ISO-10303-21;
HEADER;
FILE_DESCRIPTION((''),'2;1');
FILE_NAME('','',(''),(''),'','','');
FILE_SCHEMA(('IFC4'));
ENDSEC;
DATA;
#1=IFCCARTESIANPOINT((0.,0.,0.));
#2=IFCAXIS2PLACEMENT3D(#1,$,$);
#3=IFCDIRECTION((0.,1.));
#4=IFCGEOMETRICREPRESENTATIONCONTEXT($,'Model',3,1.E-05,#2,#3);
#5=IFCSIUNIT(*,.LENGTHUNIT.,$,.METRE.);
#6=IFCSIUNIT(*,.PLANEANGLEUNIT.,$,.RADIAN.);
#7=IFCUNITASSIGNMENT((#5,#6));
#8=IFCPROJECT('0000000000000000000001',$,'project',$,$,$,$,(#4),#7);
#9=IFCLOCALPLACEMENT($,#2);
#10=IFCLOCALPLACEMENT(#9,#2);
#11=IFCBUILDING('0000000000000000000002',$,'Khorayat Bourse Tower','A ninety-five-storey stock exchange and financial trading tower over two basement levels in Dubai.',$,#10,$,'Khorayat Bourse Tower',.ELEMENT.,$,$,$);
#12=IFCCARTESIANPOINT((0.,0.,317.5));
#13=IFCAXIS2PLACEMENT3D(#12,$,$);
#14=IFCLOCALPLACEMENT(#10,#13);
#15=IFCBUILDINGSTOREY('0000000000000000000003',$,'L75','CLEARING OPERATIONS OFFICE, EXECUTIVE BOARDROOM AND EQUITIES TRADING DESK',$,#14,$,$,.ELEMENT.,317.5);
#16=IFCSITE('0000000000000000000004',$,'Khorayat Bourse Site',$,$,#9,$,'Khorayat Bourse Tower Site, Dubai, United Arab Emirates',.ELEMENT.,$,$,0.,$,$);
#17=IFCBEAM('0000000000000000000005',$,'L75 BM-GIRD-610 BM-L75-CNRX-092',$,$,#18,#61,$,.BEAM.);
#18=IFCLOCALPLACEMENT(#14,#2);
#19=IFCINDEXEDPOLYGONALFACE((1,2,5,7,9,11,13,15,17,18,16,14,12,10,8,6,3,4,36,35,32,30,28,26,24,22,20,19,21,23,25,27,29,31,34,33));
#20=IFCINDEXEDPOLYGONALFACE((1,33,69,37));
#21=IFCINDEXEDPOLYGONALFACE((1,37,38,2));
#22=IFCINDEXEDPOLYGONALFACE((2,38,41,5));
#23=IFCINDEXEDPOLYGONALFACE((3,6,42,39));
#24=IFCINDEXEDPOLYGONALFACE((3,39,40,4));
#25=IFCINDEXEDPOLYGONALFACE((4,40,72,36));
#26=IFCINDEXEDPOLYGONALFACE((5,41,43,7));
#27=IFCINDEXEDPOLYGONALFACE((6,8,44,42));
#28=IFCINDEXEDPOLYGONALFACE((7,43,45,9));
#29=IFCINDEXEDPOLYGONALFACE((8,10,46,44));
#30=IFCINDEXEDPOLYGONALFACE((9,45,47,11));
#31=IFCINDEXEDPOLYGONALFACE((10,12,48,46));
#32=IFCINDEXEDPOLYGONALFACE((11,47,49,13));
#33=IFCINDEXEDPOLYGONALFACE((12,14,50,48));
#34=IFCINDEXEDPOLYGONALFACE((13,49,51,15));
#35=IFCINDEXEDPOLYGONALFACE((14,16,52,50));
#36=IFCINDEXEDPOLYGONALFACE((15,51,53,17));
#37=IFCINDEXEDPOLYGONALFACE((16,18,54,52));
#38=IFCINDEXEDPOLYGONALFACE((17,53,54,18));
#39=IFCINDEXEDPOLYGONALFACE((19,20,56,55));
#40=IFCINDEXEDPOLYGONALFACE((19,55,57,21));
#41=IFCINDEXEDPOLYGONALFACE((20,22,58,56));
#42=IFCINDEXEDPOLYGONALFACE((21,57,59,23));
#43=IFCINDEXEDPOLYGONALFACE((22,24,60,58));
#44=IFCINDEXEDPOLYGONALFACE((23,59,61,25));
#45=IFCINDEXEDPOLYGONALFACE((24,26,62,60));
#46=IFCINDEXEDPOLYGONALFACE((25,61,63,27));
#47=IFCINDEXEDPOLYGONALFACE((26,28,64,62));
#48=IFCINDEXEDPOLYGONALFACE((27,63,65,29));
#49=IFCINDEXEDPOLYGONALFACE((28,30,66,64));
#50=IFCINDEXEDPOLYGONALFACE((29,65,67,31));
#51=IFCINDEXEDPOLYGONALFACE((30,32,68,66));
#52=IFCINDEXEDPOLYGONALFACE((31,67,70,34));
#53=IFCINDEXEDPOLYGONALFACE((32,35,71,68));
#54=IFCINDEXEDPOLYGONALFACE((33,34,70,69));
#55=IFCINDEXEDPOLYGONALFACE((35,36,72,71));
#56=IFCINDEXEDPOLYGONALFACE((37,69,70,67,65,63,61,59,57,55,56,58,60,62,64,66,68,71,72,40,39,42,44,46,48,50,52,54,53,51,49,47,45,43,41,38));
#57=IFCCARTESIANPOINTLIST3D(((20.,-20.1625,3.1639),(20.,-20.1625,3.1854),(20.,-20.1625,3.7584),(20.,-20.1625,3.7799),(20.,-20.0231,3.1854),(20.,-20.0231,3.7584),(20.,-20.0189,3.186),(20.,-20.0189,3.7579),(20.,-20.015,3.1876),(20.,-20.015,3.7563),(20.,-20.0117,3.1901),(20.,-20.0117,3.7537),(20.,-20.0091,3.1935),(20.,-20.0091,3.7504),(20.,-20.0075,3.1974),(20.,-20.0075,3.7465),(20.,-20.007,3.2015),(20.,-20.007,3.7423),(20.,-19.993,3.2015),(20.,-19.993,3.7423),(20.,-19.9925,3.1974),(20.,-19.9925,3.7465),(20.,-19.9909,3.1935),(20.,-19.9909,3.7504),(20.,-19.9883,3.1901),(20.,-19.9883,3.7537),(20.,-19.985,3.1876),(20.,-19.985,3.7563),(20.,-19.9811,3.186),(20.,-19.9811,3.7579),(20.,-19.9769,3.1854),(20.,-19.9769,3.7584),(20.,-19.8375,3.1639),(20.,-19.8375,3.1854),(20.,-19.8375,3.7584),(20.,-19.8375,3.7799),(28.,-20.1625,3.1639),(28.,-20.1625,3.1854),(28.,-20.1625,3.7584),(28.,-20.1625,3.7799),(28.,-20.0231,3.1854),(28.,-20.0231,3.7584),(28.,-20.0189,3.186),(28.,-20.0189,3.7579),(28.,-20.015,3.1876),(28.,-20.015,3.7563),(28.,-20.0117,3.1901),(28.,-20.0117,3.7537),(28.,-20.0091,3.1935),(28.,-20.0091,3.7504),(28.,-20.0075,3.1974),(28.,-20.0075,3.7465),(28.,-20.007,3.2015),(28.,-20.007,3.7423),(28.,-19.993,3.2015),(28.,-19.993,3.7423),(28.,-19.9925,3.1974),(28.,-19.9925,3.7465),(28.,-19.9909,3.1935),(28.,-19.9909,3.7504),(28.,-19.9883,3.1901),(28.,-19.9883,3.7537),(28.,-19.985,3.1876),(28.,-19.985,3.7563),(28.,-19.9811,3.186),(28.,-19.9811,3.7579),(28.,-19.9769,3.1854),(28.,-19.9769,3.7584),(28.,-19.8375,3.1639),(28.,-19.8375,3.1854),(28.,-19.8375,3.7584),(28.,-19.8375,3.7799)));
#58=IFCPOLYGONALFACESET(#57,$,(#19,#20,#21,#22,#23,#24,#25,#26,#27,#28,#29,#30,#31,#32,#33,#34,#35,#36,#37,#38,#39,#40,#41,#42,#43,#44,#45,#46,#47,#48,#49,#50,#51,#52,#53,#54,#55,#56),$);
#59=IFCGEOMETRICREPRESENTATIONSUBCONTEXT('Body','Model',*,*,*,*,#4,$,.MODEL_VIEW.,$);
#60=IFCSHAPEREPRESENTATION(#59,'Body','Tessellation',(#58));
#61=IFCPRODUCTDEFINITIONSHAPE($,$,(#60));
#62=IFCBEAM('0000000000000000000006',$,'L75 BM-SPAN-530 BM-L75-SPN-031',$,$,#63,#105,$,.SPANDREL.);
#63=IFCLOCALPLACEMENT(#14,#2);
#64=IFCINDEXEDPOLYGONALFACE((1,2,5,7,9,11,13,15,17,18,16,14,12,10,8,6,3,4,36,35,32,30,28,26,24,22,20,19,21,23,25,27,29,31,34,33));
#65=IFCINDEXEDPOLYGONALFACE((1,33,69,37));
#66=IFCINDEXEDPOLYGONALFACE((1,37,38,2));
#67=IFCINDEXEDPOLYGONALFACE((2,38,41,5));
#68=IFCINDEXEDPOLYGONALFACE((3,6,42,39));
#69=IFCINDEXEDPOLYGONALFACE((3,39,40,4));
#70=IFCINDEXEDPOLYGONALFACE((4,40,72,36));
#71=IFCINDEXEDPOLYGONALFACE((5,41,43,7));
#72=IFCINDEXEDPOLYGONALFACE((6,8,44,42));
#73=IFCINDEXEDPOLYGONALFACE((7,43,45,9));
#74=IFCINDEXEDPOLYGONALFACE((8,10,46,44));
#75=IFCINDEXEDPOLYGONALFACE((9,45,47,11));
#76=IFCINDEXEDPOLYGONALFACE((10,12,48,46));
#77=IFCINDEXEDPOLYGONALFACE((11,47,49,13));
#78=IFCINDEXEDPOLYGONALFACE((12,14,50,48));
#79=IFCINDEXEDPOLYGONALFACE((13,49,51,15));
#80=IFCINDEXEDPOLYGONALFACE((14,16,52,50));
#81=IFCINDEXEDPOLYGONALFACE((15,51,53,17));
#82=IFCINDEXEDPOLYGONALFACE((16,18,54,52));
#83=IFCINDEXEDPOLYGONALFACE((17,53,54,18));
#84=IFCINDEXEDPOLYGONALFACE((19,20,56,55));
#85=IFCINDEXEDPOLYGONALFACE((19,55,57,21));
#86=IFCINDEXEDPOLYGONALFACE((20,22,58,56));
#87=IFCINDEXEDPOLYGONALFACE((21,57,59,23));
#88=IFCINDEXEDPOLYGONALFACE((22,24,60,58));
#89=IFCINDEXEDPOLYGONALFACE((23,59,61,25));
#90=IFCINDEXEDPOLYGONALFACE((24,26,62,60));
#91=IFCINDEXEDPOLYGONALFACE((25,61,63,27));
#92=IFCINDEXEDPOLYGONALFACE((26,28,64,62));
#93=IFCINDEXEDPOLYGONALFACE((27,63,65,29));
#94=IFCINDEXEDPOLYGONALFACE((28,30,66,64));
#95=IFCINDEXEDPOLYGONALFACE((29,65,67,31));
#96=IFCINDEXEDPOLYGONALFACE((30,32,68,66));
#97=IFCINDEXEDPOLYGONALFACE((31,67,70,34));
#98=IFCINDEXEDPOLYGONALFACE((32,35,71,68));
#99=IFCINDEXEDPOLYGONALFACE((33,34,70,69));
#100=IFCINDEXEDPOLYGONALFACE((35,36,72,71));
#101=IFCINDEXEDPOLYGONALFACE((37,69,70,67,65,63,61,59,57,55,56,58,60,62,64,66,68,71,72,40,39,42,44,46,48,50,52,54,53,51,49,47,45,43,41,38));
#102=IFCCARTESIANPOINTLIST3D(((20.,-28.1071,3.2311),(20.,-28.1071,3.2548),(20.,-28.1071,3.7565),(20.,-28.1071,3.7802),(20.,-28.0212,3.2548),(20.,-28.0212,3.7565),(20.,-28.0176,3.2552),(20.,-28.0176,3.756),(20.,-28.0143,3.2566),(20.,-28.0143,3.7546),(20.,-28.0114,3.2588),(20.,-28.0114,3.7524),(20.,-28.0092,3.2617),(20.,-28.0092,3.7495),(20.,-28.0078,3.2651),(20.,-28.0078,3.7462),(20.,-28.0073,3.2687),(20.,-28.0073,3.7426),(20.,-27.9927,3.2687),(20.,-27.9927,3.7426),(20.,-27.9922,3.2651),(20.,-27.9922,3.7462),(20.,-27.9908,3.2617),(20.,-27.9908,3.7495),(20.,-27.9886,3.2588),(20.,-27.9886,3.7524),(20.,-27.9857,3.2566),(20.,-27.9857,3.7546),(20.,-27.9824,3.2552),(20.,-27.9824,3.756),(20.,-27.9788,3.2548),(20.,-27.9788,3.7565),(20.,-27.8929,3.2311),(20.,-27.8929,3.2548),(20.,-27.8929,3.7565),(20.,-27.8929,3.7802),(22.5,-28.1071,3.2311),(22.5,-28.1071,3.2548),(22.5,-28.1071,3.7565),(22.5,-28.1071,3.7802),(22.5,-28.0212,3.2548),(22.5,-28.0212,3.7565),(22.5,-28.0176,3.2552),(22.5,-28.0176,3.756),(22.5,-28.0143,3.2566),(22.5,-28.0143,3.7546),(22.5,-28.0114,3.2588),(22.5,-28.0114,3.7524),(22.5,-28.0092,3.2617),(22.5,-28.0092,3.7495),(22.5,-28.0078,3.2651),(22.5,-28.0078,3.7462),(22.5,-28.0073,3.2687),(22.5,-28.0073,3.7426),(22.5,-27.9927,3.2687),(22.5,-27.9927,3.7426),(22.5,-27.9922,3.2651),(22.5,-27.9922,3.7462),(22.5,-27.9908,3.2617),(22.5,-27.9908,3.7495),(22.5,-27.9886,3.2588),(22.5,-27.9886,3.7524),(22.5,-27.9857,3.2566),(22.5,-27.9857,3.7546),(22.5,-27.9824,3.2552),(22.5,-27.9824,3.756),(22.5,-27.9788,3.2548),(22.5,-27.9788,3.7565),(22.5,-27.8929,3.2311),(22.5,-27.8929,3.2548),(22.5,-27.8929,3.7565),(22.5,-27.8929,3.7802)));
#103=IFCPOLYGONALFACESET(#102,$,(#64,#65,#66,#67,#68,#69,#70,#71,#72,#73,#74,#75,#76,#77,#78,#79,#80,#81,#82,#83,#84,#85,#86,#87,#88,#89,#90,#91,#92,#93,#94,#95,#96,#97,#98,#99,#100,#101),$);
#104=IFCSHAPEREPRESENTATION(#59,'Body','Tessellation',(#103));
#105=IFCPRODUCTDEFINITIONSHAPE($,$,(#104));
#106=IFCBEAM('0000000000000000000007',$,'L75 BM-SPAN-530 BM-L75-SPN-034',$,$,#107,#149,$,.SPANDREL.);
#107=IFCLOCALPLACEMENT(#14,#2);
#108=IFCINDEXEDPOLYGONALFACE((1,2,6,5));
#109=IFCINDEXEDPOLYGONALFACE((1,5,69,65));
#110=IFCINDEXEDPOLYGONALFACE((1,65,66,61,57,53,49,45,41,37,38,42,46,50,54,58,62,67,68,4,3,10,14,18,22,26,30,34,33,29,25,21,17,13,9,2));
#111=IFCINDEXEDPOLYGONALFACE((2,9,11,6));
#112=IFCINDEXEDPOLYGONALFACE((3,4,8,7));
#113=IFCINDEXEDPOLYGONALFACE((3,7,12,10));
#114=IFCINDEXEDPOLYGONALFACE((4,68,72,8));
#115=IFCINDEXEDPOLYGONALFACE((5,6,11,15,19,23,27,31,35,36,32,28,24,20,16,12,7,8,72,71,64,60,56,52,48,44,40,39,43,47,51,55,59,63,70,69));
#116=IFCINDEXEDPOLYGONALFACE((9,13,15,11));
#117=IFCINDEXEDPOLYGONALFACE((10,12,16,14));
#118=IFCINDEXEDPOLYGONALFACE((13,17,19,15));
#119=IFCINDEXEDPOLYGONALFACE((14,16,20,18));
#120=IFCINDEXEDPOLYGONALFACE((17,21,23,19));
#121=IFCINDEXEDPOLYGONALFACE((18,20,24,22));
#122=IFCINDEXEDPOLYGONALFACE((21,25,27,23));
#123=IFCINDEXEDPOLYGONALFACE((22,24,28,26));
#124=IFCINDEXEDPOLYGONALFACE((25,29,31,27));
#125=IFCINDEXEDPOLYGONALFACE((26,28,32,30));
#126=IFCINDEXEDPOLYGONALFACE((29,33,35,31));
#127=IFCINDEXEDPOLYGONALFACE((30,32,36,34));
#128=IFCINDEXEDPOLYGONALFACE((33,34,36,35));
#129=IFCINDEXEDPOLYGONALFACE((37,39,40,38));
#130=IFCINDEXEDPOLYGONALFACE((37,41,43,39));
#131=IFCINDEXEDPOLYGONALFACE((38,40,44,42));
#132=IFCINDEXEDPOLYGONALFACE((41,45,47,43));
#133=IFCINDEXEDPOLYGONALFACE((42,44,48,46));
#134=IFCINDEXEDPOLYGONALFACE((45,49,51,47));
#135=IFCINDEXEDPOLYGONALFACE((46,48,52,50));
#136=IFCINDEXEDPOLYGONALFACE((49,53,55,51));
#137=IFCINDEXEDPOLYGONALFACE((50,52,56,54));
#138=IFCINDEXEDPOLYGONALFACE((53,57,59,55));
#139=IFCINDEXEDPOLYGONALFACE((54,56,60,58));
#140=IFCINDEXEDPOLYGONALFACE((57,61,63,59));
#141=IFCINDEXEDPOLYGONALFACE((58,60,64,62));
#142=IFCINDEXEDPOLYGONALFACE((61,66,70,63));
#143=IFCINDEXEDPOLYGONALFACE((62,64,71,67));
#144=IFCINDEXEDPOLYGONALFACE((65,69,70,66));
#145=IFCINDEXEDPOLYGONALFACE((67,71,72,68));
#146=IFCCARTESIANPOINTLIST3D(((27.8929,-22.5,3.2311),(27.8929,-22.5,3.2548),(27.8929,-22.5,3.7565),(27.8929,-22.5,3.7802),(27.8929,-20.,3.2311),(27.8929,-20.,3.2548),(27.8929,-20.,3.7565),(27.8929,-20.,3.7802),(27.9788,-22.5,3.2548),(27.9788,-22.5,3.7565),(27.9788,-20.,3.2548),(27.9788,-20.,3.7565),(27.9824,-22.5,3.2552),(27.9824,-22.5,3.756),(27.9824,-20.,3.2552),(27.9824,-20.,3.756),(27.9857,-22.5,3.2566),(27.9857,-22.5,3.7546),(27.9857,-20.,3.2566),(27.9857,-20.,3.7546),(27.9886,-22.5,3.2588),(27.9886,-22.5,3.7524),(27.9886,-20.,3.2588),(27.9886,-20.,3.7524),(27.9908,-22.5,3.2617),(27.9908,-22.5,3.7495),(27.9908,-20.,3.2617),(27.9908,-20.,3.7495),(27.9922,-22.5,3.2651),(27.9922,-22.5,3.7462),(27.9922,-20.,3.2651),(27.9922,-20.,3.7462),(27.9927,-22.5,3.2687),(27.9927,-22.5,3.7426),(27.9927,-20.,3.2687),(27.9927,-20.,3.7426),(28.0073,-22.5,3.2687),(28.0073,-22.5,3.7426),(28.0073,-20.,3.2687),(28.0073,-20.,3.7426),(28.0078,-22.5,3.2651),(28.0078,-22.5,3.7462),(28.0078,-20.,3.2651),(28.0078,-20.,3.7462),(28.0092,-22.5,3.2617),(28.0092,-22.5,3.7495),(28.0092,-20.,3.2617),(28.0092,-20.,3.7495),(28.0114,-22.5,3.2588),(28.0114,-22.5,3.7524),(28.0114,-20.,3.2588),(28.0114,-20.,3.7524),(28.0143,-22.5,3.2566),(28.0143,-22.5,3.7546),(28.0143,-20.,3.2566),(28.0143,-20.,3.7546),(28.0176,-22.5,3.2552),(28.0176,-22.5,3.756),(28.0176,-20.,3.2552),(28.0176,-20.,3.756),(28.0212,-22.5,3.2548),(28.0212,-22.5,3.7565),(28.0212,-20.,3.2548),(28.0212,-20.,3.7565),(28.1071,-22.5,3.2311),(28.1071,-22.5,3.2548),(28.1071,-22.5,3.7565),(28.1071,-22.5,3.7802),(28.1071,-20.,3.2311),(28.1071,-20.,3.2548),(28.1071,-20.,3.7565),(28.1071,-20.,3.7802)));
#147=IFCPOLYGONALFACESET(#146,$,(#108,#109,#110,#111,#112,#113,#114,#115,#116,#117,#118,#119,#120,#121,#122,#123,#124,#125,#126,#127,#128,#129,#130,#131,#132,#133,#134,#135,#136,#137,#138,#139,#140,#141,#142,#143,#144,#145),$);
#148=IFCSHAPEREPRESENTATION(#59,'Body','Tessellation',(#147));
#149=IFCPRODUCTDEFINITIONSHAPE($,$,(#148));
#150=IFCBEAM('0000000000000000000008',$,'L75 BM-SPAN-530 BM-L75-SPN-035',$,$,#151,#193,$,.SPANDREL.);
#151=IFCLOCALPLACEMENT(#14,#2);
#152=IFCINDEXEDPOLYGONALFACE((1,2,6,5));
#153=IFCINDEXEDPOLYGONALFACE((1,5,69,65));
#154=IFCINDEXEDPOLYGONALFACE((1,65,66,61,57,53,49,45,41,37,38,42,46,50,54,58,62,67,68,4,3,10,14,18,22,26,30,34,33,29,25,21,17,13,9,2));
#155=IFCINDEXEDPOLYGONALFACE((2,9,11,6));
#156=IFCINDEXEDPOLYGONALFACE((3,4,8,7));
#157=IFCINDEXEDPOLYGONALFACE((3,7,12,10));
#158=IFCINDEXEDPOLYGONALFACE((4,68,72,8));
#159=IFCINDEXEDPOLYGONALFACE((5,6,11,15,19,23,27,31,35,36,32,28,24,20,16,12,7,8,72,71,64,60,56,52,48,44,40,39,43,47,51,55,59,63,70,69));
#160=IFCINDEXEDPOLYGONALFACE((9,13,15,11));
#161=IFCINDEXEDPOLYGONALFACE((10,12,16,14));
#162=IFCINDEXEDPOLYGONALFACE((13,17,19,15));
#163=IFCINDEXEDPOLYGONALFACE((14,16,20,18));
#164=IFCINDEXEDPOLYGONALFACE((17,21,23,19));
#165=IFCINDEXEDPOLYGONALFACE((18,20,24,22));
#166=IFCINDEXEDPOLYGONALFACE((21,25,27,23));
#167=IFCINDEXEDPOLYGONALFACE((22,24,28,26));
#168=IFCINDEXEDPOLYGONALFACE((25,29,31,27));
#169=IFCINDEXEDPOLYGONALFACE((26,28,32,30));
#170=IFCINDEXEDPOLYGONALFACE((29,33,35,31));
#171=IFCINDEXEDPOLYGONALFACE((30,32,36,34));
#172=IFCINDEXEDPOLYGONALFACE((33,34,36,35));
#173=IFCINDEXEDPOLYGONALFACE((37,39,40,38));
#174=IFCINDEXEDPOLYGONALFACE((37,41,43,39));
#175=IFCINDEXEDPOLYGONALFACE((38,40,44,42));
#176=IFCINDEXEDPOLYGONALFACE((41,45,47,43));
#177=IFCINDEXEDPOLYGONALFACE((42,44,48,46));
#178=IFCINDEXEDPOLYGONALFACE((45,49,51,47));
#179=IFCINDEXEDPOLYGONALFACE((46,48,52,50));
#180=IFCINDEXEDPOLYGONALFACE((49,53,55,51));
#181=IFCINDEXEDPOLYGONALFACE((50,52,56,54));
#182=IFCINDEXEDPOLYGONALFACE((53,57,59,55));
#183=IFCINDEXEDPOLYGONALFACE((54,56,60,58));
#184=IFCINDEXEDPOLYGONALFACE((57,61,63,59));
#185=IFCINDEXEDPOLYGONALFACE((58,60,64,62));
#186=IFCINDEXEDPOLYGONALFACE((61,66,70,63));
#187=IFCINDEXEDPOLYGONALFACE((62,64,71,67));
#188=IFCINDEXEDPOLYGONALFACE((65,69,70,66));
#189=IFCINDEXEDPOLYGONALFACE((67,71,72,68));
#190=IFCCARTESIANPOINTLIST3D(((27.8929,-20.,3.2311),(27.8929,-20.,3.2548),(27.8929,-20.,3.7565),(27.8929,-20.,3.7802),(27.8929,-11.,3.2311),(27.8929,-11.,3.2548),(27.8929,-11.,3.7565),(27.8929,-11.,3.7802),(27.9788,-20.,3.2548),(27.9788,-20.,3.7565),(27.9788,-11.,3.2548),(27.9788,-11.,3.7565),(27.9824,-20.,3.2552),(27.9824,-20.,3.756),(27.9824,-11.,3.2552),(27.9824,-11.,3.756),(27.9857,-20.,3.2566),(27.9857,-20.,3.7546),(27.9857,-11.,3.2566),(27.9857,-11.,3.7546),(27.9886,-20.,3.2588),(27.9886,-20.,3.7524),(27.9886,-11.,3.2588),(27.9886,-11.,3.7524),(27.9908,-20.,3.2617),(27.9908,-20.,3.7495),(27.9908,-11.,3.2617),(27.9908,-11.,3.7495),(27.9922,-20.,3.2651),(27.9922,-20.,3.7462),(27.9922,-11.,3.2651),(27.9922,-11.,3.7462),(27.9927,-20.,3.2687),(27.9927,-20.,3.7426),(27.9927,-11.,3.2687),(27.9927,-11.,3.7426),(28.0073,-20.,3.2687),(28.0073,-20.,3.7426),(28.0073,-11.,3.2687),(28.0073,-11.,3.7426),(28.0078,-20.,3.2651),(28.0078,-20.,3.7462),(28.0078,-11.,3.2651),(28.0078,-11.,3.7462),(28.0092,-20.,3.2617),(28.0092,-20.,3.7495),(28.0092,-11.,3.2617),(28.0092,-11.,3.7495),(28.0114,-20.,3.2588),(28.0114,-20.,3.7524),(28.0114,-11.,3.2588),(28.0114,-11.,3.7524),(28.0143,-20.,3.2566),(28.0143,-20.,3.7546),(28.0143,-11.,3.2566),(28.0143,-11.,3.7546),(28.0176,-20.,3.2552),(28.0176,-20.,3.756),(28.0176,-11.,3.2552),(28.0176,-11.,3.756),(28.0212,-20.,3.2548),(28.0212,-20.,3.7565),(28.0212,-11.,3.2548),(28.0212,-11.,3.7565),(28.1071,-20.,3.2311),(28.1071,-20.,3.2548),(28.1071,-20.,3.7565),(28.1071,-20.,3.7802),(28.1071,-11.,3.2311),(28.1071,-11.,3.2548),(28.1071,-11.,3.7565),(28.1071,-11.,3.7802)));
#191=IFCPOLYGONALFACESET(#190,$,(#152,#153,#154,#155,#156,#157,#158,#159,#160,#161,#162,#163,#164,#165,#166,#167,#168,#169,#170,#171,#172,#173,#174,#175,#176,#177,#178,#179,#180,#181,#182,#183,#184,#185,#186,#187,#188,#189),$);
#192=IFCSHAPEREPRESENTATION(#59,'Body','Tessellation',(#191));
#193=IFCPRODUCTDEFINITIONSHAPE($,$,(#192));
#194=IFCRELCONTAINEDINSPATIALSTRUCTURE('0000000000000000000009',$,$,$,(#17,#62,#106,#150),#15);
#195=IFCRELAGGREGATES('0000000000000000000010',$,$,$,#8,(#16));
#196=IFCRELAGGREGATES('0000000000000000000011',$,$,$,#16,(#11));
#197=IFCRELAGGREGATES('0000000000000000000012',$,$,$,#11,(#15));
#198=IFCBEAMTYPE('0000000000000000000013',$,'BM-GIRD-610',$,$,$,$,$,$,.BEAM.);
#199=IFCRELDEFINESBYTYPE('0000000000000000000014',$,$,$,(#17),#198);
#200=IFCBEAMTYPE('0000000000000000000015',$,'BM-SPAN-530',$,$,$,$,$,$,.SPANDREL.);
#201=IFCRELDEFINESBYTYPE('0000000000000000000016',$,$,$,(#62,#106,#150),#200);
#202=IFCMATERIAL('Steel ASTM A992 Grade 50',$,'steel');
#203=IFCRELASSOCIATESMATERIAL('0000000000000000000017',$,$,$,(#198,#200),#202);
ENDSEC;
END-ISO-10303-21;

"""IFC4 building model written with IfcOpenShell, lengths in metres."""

from ifc_helpers import new_model, si_unit, direction, frame, origin, origin_2d, place, context, subcontext, project, spatial, i_section, extrude, source, transform, mapped, material, material_profile, profile_set, type_object, element, save


model = new_model("IFC4")

# Units and contexts
model_context = context("Model", 3, precision=1e-05, world=origin(), true_north=direction((0.0, 1.0)))
body_context = subcontext(model_context, "Body", "Model", "MODEL_VIEW")
ifc_project = project(units=[si_unit("LENGTHUNIT", "METRE"), si_unit("PLANEANGLEUNIT", "RADIAN")], contexts=[model_context])

# Site, building, storey
site_placement = place(None, origin())
site = spatial("IfcSite", under=ifc_project, at=site_placement, Name="Khorayat Bourse Site", LongName="Khorayat Bourse Tower Site, Dubai, United Arab Emirates", CompositionType="ELEMENT", RefElevation=0.0)
building_placement = place(site_placement, origin())
building = spatial("IfcBuilding", under=site, at=building_placement, Name="Khorayat Bourse Tower", Description="A ninety-five-storey stock exchange and financial trading tower over two basement levels in Dubai.", LongName="Khorayat Bourse Tower", CompositionType="ELEMENT")
storey_placement = place(building_placement, frame((0.0, 0.0, 317.5)))
storey = spatial("IfcBuildingStorey", under=building, at=storey_placement, Name="L75", Description="CLEARING OPERATIONS OFFICE, EXECUTIVE BOARDROOM AND EQUITIES TRADING DESK", CompositionType="ELEMENT", Elevation=317.5)

# Beams
ifc_material_1 = material(Name="Steel ASTM A992 Grade 50", Category="steel")
ifc_material_profile_1 = material_profile(ifc_material_1, i_section(OverallWidth=0.325, OverallDepth=0.616, WebThickness=0.0139, FlangeThickness=0.0215, FilletRadius=0.0161, at=origin_2d()), Name="W610X174")
ifc_profile_set_1 = profile_set([ifc_material_profile_1], Name="Steel ASTM A992 Grade 50")
beam_type_1 = type_object("IfcBeamType", Name="BM-GIRD-610", PredefinedType="BEAM", material=ifc_profile_set_1)
shared_shape_1 = source(origin(), body_context, "Body", "SweptSolid", [
    extrude(i_section(OverallWidth=0.325, OverallDepth=0.616, WebThickness=0.0139, FlangeThickness=0.0215, FilletRadius=0.0161, at=origin_2d()), origin(), (0.0, 0.0, 1.0), 8.0),
])
beam_1_placement = place(storey_placement, frame((20.0, -20.0, 3.4719), z_axis=(1.0, 0.0, 0.0), x_axis=(0.0, 1.0, 0.0)))
element("IfcBeam", 1, at=beam_1_placement, inside=storey, type_object=beam_type_1, Name="L75 BM-GIRD-610 BM-L75-CNRX-092", PredefinedType="BEAM", context=body_context, shape_type="MappedRepresentation", body=[
    mapped(shared_shape_1, transform((0.0, 0.0, 0.0), scale=1.0)),
])
ifc_material_profile_2 = material_profile(ifc_material_1, i_section(OverallWidth=0.2141, OverallDepth=0.5491, WebThickness=0.0146, FlangeThickness=0.0237, FilletRadius=0.0139, at=origin_2d()), Name="W530X138")
ifc_profile_set_2 = profile_set([ifc_material_profile_2], Name="Steel ASTM A992 Grade 50")
beam_type_2 = type_object("IfcBeamType", Name="BM-SPAN-530", PredefinedType="SPANDREL", material=ifc_profile_set_2)
shared_shape_2 = source(origin(), body_context, "Body", "SweptSolid", [
    extrude(i_section(OverallWidth=0.2141, OverallDepth=0.5491, WebThickness=0.0146, FlangeThickness=0.0237, FilletRadius=0.0139, at=origin_2d()), origin(), (0.0, 0.0, 1.0), 2.5),
])
for number, where, z_axis, x_axis, name in (
    (2, (20.0, -28.0, 3.5056), (1.0, 0.0, 0.0), (0.0, 1.0, 0.0), "L75 BM-SPAN-530 BM-L75-SPN-031"),
    (3, (28.0, -22.5, 3.5056), (0.0, 1.0, 0.0), (-1.0, 0.0, 0.0), "L75 BM-SPAN-530 BM-L75-SPN-034"),
):
    element("IfcBeam", number, at=place(storey_placement, frame(where, z_axis=z_axis, x_axis=x_axis)), inside=storey, type_object=beam_type_2, Name=name, PredefinedType="SPANDREL", context=body_context, shape_type="MappedRepresentation", body=[
        mapped(shared_shape_2, transform((0.0, 0.0, 0.0), scale=1.0)),
    ])
shared_shape_3 = source(origin(), body_context, "Body", "SweptSolid", [
    extrude(i_section(OverallWidth=0.2141, OverallDepth=0.5491, WebThickness=0.0146, FlangeThickness=0.0237, FilletRadius=0.0139, at=origin_2d()), origin(), (0.0, 0.0, 1.0), 9.0),
])
beam_2_placement = place(storey_placement, frame((28.0, -20.0, 3.5056), z_axis=(0.0, 1.0, 0.0), x_axis=(-1.0, 0.0, 0.0)))
element("IfcBeam", 4, at=beam_2_placement, inside=storey, type_object=beam_type_2, Name="L75 BM-SPAN-530 BM-L75-SPN-035", PredefinedType="SPANDREL", context=body_context, shape_type="MappedRepresentation", body=[
    mapped(shared_shape_3, transform((0.0, 0.0, 0.0), scale=1.0)),
])

save(model, "model.ifc")
